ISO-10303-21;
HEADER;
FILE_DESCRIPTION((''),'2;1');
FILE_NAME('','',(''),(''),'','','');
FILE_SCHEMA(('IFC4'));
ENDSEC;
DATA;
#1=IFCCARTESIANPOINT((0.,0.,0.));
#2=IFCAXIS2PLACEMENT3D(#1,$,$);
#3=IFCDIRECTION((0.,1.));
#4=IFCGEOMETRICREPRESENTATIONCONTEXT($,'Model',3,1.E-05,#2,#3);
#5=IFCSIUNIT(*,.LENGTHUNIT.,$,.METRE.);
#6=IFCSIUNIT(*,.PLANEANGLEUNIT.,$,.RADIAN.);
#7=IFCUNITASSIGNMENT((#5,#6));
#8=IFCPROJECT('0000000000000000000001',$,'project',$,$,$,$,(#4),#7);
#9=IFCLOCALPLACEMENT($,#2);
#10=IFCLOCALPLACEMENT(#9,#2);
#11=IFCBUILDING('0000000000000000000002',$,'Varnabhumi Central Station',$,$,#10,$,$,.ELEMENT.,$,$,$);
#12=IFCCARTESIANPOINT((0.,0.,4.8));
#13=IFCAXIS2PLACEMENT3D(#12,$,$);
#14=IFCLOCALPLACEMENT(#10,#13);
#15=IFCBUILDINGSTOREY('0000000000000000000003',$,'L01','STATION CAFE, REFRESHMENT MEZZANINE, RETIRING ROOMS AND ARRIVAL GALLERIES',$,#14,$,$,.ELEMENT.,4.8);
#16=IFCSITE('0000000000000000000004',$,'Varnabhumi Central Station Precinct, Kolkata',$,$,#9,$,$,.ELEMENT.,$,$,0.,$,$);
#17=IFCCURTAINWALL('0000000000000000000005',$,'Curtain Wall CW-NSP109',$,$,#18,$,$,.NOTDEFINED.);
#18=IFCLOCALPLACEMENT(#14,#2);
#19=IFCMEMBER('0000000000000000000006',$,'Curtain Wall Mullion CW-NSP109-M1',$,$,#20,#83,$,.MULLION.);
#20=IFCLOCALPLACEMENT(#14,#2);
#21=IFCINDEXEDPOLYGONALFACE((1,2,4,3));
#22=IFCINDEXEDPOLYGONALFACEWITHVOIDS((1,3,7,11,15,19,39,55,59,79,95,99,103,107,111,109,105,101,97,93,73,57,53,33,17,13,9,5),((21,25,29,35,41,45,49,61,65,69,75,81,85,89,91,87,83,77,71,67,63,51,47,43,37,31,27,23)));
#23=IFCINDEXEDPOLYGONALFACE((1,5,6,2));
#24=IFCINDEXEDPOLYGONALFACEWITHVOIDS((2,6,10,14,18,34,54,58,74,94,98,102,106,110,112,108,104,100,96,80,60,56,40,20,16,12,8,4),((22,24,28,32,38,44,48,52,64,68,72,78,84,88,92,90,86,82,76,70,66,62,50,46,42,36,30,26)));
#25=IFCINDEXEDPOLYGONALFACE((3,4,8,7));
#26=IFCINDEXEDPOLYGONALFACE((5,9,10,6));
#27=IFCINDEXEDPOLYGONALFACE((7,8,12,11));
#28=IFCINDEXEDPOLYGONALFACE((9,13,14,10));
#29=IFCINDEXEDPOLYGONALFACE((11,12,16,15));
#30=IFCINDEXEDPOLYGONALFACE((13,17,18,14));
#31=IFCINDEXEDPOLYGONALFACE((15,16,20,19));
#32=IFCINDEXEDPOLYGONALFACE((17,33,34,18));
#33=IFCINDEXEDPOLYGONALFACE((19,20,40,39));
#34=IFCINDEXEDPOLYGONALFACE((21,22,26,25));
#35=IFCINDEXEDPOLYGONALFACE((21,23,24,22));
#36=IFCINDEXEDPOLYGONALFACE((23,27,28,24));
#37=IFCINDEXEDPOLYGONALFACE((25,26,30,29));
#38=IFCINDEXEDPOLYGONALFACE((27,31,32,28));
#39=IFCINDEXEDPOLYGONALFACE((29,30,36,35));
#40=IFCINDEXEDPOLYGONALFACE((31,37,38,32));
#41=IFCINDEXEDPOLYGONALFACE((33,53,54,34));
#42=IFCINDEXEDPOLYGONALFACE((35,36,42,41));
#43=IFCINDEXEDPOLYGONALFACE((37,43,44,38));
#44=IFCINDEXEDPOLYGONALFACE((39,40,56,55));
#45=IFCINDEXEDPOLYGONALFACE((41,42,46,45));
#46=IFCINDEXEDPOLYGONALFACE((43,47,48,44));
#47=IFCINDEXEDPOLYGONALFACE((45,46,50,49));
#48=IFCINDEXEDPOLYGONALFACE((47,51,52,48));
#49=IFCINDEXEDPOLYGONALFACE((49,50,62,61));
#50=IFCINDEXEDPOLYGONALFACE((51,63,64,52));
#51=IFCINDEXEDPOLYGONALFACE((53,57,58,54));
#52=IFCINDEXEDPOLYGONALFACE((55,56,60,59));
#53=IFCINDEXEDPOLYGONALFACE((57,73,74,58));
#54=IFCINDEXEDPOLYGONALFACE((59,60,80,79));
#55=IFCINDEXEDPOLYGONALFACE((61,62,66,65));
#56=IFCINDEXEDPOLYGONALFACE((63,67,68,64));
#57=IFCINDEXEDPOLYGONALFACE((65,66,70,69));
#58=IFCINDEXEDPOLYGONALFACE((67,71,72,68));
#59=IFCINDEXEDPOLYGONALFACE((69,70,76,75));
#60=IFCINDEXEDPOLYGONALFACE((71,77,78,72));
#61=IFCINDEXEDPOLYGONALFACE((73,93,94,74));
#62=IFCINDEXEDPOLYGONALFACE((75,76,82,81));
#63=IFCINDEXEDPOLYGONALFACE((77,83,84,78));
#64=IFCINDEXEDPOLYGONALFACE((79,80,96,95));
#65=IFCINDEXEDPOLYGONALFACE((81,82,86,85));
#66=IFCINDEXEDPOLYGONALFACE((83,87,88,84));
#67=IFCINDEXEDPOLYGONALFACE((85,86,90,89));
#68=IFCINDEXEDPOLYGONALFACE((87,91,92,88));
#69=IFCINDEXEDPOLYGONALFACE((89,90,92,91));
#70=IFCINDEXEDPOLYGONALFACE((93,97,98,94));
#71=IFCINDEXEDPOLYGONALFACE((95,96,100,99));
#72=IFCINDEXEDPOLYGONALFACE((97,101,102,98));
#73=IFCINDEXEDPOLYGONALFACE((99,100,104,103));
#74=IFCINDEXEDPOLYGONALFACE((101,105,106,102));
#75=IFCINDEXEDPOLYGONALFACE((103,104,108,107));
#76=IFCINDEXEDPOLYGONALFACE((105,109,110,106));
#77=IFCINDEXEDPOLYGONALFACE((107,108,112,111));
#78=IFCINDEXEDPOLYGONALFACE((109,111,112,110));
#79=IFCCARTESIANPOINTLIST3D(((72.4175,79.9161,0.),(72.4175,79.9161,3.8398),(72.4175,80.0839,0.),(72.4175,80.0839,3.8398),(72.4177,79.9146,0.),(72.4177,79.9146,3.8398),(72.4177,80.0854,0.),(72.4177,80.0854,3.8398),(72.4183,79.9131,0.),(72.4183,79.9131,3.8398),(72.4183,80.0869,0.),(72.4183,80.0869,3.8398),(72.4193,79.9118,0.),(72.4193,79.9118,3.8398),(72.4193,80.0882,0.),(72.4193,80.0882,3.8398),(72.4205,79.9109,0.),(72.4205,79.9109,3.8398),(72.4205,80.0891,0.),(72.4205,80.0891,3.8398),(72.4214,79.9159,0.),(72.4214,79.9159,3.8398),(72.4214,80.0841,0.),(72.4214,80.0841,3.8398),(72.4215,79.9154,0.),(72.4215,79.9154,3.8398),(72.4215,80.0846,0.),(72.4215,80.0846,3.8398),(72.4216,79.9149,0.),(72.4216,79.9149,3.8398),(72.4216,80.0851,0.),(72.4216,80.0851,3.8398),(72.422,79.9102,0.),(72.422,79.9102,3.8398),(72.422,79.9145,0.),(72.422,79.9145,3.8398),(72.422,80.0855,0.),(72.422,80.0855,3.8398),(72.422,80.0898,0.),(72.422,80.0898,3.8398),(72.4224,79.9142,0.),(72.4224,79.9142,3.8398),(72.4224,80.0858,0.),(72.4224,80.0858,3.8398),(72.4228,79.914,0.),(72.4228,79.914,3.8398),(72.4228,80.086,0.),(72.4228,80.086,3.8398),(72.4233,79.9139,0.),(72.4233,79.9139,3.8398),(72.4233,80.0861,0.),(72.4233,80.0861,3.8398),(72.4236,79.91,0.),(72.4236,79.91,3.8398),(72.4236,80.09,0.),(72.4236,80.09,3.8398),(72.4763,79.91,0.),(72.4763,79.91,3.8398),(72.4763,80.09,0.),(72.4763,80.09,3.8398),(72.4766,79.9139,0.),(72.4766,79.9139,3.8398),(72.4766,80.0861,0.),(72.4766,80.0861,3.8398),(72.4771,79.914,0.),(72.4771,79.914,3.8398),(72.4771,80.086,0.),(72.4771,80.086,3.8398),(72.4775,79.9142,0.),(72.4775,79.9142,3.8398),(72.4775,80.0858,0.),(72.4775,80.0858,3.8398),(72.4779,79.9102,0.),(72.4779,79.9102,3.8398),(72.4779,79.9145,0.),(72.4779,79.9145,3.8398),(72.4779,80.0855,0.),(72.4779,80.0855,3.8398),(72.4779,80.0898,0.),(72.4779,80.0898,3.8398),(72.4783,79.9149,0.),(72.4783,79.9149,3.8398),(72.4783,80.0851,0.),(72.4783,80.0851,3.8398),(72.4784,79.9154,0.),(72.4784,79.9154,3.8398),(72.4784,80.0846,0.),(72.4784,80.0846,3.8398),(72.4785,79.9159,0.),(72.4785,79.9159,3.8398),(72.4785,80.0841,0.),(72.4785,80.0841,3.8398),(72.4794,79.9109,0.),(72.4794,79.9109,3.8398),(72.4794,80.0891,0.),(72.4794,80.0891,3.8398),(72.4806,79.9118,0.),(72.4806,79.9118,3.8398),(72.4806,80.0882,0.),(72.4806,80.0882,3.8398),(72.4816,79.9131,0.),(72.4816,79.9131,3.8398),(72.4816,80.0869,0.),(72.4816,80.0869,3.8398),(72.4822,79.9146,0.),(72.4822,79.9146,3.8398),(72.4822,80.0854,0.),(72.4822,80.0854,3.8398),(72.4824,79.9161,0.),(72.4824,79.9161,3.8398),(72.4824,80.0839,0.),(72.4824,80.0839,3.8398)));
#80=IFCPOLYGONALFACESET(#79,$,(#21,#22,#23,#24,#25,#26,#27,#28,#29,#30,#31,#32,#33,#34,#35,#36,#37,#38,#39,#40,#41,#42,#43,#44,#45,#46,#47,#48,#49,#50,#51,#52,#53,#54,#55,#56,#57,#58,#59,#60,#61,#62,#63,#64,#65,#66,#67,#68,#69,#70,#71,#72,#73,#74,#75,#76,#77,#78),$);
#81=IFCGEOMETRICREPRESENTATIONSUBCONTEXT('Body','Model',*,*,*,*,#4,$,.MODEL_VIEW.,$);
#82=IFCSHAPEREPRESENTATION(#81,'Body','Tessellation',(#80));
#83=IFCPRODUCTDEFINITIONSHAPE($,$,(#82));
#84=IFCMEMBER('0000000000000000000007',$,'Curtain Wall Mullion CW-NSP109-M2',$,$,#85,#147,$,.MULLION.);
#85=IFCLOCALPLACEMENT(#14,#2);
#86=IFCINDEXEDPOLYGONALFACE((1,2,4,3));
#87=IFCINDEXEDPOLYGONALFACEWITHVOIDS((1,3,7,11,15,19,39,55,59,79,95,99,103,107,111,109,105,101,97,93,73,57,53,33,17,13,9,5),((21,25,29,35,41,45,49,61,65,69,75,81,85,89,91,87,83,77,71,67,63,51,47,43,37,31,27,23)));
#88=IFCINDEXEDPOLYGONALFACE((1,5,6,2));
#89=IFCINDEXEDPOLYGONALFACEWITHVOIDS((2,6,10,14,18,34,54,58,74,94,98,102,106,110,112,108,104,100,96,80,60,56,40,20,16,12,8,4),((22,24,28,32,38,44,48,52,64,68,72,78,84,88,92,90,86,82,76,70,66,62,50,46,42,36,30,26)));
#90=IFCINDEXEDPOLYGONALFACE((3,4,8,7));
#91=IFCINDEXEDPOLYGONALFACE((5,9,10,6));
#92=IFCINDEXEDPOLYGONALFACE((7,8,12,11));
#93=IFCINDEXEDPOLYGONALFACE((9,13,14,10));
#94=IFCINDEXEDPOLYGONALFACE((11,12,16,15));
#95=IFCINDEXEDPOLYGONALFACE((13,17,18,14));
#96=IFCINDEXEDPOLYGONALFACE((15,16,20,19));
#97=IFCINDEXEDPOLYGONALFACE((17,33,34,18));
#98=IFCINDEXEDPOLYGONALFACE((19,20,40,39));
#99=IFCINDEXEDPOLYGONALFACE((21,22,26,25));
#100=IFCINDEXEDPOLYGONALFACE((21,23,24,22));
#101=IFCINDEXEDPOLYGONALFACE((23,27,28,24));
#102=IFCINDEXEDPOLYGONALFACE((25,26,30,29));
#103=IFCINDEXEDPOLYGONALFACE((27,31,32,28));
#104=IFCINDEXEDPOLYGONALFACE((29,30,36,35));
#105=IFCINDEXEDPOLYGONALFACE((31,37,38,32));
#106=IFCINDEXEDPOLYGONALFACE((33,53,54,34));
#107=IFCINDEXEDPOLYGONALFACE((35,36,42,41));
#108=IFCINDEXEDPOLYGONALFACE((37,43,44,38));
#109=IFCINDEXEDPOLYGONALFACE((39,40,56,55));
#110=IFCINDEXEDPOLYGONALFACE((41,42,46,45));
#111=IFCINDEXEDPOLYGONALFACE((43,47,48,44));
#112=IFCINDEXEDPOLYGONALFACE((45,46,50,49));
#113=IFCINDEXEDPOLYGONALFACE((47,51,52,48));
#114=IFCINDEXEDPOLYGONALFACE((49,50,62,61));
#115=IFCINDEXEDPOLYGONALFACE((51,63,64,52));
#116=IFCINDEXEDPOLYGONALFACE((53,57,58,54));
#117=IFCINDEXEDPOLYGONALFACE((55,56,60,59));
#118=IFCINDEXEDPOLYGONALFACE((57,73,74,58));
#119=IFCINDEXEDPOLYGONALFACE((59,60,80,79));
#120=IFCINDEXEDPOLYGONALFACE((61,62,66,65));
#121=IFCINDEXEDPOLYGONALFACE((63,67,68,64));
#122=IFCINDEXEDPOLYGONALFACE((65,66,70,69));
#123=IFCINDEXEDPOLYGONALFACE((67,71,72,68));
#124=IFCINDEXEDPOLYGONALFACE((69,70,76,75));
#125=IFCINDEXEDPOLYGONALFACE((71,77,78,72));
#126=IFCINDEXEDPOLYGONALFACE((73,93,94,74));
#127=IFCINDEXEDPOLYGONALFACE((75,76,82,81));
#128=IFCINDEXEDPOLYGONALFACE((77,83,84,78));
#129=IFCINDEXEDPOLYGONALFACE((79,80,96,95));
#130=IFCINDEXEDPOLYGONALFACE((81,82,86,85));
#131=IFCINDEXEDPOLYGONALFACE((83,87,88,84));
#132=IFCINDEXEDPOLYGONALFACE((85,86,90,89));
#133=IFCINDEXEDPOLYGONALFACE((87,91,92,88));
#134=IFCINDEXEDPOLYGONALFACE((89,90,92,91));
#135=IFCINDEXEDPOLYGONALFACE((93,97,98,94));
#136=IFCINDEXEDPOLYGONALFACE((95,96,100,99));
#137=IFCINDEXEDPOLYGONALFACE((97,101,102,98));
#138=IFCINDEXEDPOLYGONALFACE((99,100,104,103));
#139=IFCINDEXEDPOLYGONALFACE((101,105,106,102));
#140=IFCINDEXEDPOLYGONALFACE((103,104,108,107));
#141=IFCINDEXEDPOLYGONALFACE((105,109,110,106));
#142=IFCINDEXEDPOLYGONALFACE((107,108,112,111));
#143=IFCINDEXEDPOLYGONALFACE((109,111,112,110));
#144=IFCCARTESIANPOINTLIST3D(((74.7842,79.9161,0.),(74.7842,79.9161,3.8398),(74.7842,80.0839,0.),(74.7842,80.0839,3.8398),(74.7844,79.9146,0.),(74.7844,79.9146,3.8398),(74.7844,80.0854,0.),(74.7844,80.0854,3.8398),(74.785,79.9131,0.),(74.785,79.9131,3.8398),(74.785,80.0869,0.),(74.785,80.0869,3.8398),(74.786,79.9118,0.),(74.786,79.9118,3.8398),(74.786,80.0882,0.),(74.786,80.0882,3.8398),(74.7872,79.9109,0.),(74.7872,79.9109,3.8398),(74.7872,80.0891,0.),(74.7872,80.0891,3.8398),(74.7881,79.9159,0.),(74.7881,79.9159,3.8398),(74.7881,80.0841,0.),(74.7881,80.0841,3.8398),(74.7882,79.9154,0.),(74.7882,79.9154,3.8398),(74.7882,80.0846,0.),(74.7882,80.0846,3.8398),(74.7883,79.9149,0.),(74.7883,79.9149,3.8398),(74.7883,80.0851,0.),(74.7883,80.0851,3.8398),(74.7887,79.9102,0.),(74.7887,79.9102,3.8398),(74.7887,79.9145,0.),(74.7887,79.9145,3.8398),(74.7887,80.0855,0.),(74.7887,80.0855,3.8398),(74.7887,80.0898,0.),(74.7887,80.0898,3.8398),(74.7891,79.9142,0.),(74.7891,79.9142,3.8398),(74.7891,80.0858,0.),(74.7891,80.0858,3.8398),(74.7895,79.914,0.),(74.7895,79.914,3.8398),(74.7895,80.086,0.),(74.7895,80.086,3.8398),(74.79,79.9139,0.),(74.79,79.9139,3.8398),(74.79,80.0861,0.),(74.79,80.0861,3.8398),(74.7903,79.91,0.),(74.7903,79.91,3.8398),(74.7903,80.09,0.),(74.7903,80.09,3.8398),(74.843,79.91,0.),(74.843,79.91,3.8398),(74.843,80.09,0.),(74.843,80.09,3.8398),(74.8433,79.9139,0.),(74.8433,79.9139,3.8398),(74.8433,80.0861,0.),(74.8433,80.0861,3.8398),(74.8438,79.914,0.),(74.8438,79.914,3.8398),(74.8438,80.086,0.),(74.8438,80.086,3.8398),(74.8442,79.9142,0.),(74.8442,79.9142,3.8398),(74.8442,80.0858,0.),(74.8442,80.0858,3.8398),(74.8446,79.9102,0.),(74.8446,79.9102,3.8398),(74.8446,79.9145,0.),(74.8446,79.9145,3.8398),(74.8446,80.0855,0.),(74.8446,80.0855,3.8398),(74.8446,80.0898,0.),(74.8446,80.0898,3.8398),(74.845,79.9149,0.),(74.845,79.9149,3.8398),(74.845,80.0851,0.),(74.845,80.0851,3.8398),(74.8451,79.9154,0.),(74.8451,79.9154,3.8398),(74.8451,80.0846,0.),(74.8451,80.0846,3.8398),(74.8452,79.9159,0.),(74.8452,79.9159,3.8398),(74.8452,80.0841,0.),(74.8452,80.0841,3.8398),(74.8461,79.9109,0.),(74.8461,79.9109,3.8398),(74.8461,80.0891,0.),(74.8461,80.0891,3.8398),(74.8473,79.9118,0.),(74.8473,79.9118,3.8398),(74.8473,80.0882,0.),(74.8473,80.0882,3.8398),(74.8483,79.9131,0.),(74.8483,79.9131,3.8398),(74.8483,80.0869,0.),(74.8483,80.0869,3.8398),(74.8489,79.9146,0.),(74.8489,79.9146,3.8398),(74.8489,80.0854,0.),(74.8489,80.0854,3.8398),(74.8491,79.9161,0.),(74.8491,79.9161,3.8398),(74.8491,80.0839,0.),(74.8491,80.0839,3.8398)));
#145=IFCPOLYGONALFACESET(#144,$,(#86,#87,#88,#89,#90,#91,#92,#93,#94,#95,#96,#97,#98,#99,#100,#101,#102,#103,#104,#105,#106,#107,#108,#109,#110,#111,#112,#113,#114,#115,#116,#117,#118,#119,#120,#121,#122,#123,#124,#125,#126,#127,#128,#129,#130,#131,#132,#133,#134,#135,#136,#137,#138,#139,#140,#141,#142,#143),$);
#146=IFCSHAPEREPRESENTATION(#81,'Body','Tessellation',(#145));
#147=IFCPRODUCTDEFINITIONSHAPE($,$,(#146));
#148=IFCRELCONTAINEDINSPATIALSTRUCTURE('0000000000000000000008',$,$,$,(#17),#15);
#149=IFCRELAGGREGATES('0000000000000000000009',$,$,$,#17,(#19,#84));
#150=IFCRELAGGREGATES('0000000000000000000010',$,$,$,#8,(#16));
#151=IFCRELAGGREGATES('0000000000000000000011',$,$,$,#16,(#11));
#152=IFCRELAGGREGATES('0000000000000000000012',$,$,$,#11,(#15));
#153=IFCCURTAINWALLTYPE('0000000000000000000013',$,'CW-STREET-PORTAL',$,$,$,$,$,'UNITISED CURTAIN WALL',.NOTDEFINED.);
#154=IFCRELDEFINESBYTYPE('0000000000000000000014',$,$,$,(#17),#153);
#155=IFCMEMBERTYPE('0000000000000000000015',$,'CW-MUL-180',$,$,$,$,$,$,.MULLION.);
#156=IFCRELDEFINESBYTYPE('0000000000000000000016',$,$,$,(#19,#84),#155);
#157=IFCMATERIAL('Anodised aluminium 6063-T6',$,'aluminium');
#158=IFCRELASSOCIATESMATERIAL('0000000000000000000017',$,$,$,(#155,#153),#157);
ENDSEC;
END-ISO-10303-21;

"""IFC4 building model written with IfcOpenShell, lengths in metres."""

from ifc_helpers import new_model, si_unit, direction, frame, origin, origin_2d, place, context, subcontext, project, spatial, hollow_rectangle, extrude, material, material_profile, profile_set, type_object, element, aggregate, save


model = new_model("IFC4")

# Units and contexts
model_context = context("Model", 3, precision=1e-05, world=origin(), true_north=direction((0.0, 1.0)))
body_context = subcontext(model_context, "Body", "Model", "MODEL_VIEW")
ifc_project = project(units=[si_unit("LENGTHUNIT", "METRE"), si_unit("PLANEANGLEUNIT", "RADIAN")], contexts=[model_context])

# Site, building, storey
site_placement = place(None, origin())
site = spatial("IfcSite", under=ifc_project, at=site_placement, Name="Varnabhumi Central Station Precinct, Kolkata", CompositionType="ELEMENT", RefElevation=0.0)
building_placement = place(site_placement, origin())
building = spatial("IfcBuilding", under=site, at=building_placement, Name="Varnabhumi Central Station", CompositionType="ELEMENT")
storey_placement = place(building_placement, frame((0.0, 0.0, 4.8)))
storey = spatial("IfcBuildingStorey", under=building, at=storey_placement, Name="L01", Description="STATION CAFE, REFRESHMENT MEZZANINE, RETIRING ROOMS AND ARRIVAL GALLERIES", CompositionType="ELEMENT", Elevation=4.8)

# Curtain wall, members
ifc_material_1 = material(Name="Anodised aluminium 6063-T6", Category="aluminium")
ifc_material_profile_1 = material_profile(ifc_material_1, hollow_rectangle(XDim=0.0649, YDim=0.1799, WallThickness=0.0039, InnerFilletRadius=0.002, OuterFilletRadius=0.0061, at=origin_2d()), Name="Anodised aluminium 6063-T6", Category="aluminium")
ifc_profile_set_1 = profile_set([ifc_material_profile_1], Name="Anodised aluminium 6063-T6")
member_type_1 = type_object("IfcMemberType", Name="CW-MUL-180", PredefinedType="MULLION", material=ifc_profile_set_1)
curtain_wall_type_1 = type_object("IfcCurtainWallType", Name="CW-STREET-PORTAL", ElementType="UNITISED CURTAIN WALL", PredefinedType="NOTDEFINED", material=ifc_material_1)
curtain_wall_1_placement = place(storey_placement, origin())
curtain_wall_1 = element("IfcCurtainWall", 1, at=curtain_wall_1_placement, inside=storey, type_object=curtain_wall_type_1, Name="Curtain Wall CW-NSP109", PredefinedType="NOTDEFINED")
member_1_placement = place(storey_placement, frame((72.45, 80.0, 0.0), z_axis=(0.0, 0.0, 1.0), x_axis=(1.0, 0.0, 0.0)))
member_1 = element("IfcMember", 2, at=member_1_placement, type_object=member_type_1, Name="Curtain Wall Mullion CW-NSP109-M1", PredefinedType="MULLION", context=body_context, shape_type="SweptSolid", body=[
    extrude(hollow_rectangle(XDim=0.0649, YDim=0.1799, WallThickness=0.0039, InnerFilletRadius=0.002, OuterFilletRadius=0.0061, at=origin_2d()), origin(), (0.0, 0.0, 1.0), 3.8398),
])
member_2_placement = place(storey_placement, frame((74.8167, 80.0, 0.0), z_axis=(0.0, 0.0, 1.0), x_axis=(1.0, 0.0, 0.0)))
member_2 = element("IfcMember", 3, at=member_2_placement, type_object=member_type_1, Name="Curtain Wall Mullion CW-NSP109-M2", PredefinedType="MULLION", context=body_context, shape_type="SweptSolid", body=[
    extrude(hollow_rectangle(XDim=0.0649, YDim=0.1799, WallThickness=0.0039, InnerFilletRadius=0.002, OuterFilletRadius=0.0061, at=origin_2d()), origin(), (0.0, 0.0, 1.0), 3.8398),
])

aggregate(curtain_wall_1, [member_1, member_2])

save(model, "model.ifc")
